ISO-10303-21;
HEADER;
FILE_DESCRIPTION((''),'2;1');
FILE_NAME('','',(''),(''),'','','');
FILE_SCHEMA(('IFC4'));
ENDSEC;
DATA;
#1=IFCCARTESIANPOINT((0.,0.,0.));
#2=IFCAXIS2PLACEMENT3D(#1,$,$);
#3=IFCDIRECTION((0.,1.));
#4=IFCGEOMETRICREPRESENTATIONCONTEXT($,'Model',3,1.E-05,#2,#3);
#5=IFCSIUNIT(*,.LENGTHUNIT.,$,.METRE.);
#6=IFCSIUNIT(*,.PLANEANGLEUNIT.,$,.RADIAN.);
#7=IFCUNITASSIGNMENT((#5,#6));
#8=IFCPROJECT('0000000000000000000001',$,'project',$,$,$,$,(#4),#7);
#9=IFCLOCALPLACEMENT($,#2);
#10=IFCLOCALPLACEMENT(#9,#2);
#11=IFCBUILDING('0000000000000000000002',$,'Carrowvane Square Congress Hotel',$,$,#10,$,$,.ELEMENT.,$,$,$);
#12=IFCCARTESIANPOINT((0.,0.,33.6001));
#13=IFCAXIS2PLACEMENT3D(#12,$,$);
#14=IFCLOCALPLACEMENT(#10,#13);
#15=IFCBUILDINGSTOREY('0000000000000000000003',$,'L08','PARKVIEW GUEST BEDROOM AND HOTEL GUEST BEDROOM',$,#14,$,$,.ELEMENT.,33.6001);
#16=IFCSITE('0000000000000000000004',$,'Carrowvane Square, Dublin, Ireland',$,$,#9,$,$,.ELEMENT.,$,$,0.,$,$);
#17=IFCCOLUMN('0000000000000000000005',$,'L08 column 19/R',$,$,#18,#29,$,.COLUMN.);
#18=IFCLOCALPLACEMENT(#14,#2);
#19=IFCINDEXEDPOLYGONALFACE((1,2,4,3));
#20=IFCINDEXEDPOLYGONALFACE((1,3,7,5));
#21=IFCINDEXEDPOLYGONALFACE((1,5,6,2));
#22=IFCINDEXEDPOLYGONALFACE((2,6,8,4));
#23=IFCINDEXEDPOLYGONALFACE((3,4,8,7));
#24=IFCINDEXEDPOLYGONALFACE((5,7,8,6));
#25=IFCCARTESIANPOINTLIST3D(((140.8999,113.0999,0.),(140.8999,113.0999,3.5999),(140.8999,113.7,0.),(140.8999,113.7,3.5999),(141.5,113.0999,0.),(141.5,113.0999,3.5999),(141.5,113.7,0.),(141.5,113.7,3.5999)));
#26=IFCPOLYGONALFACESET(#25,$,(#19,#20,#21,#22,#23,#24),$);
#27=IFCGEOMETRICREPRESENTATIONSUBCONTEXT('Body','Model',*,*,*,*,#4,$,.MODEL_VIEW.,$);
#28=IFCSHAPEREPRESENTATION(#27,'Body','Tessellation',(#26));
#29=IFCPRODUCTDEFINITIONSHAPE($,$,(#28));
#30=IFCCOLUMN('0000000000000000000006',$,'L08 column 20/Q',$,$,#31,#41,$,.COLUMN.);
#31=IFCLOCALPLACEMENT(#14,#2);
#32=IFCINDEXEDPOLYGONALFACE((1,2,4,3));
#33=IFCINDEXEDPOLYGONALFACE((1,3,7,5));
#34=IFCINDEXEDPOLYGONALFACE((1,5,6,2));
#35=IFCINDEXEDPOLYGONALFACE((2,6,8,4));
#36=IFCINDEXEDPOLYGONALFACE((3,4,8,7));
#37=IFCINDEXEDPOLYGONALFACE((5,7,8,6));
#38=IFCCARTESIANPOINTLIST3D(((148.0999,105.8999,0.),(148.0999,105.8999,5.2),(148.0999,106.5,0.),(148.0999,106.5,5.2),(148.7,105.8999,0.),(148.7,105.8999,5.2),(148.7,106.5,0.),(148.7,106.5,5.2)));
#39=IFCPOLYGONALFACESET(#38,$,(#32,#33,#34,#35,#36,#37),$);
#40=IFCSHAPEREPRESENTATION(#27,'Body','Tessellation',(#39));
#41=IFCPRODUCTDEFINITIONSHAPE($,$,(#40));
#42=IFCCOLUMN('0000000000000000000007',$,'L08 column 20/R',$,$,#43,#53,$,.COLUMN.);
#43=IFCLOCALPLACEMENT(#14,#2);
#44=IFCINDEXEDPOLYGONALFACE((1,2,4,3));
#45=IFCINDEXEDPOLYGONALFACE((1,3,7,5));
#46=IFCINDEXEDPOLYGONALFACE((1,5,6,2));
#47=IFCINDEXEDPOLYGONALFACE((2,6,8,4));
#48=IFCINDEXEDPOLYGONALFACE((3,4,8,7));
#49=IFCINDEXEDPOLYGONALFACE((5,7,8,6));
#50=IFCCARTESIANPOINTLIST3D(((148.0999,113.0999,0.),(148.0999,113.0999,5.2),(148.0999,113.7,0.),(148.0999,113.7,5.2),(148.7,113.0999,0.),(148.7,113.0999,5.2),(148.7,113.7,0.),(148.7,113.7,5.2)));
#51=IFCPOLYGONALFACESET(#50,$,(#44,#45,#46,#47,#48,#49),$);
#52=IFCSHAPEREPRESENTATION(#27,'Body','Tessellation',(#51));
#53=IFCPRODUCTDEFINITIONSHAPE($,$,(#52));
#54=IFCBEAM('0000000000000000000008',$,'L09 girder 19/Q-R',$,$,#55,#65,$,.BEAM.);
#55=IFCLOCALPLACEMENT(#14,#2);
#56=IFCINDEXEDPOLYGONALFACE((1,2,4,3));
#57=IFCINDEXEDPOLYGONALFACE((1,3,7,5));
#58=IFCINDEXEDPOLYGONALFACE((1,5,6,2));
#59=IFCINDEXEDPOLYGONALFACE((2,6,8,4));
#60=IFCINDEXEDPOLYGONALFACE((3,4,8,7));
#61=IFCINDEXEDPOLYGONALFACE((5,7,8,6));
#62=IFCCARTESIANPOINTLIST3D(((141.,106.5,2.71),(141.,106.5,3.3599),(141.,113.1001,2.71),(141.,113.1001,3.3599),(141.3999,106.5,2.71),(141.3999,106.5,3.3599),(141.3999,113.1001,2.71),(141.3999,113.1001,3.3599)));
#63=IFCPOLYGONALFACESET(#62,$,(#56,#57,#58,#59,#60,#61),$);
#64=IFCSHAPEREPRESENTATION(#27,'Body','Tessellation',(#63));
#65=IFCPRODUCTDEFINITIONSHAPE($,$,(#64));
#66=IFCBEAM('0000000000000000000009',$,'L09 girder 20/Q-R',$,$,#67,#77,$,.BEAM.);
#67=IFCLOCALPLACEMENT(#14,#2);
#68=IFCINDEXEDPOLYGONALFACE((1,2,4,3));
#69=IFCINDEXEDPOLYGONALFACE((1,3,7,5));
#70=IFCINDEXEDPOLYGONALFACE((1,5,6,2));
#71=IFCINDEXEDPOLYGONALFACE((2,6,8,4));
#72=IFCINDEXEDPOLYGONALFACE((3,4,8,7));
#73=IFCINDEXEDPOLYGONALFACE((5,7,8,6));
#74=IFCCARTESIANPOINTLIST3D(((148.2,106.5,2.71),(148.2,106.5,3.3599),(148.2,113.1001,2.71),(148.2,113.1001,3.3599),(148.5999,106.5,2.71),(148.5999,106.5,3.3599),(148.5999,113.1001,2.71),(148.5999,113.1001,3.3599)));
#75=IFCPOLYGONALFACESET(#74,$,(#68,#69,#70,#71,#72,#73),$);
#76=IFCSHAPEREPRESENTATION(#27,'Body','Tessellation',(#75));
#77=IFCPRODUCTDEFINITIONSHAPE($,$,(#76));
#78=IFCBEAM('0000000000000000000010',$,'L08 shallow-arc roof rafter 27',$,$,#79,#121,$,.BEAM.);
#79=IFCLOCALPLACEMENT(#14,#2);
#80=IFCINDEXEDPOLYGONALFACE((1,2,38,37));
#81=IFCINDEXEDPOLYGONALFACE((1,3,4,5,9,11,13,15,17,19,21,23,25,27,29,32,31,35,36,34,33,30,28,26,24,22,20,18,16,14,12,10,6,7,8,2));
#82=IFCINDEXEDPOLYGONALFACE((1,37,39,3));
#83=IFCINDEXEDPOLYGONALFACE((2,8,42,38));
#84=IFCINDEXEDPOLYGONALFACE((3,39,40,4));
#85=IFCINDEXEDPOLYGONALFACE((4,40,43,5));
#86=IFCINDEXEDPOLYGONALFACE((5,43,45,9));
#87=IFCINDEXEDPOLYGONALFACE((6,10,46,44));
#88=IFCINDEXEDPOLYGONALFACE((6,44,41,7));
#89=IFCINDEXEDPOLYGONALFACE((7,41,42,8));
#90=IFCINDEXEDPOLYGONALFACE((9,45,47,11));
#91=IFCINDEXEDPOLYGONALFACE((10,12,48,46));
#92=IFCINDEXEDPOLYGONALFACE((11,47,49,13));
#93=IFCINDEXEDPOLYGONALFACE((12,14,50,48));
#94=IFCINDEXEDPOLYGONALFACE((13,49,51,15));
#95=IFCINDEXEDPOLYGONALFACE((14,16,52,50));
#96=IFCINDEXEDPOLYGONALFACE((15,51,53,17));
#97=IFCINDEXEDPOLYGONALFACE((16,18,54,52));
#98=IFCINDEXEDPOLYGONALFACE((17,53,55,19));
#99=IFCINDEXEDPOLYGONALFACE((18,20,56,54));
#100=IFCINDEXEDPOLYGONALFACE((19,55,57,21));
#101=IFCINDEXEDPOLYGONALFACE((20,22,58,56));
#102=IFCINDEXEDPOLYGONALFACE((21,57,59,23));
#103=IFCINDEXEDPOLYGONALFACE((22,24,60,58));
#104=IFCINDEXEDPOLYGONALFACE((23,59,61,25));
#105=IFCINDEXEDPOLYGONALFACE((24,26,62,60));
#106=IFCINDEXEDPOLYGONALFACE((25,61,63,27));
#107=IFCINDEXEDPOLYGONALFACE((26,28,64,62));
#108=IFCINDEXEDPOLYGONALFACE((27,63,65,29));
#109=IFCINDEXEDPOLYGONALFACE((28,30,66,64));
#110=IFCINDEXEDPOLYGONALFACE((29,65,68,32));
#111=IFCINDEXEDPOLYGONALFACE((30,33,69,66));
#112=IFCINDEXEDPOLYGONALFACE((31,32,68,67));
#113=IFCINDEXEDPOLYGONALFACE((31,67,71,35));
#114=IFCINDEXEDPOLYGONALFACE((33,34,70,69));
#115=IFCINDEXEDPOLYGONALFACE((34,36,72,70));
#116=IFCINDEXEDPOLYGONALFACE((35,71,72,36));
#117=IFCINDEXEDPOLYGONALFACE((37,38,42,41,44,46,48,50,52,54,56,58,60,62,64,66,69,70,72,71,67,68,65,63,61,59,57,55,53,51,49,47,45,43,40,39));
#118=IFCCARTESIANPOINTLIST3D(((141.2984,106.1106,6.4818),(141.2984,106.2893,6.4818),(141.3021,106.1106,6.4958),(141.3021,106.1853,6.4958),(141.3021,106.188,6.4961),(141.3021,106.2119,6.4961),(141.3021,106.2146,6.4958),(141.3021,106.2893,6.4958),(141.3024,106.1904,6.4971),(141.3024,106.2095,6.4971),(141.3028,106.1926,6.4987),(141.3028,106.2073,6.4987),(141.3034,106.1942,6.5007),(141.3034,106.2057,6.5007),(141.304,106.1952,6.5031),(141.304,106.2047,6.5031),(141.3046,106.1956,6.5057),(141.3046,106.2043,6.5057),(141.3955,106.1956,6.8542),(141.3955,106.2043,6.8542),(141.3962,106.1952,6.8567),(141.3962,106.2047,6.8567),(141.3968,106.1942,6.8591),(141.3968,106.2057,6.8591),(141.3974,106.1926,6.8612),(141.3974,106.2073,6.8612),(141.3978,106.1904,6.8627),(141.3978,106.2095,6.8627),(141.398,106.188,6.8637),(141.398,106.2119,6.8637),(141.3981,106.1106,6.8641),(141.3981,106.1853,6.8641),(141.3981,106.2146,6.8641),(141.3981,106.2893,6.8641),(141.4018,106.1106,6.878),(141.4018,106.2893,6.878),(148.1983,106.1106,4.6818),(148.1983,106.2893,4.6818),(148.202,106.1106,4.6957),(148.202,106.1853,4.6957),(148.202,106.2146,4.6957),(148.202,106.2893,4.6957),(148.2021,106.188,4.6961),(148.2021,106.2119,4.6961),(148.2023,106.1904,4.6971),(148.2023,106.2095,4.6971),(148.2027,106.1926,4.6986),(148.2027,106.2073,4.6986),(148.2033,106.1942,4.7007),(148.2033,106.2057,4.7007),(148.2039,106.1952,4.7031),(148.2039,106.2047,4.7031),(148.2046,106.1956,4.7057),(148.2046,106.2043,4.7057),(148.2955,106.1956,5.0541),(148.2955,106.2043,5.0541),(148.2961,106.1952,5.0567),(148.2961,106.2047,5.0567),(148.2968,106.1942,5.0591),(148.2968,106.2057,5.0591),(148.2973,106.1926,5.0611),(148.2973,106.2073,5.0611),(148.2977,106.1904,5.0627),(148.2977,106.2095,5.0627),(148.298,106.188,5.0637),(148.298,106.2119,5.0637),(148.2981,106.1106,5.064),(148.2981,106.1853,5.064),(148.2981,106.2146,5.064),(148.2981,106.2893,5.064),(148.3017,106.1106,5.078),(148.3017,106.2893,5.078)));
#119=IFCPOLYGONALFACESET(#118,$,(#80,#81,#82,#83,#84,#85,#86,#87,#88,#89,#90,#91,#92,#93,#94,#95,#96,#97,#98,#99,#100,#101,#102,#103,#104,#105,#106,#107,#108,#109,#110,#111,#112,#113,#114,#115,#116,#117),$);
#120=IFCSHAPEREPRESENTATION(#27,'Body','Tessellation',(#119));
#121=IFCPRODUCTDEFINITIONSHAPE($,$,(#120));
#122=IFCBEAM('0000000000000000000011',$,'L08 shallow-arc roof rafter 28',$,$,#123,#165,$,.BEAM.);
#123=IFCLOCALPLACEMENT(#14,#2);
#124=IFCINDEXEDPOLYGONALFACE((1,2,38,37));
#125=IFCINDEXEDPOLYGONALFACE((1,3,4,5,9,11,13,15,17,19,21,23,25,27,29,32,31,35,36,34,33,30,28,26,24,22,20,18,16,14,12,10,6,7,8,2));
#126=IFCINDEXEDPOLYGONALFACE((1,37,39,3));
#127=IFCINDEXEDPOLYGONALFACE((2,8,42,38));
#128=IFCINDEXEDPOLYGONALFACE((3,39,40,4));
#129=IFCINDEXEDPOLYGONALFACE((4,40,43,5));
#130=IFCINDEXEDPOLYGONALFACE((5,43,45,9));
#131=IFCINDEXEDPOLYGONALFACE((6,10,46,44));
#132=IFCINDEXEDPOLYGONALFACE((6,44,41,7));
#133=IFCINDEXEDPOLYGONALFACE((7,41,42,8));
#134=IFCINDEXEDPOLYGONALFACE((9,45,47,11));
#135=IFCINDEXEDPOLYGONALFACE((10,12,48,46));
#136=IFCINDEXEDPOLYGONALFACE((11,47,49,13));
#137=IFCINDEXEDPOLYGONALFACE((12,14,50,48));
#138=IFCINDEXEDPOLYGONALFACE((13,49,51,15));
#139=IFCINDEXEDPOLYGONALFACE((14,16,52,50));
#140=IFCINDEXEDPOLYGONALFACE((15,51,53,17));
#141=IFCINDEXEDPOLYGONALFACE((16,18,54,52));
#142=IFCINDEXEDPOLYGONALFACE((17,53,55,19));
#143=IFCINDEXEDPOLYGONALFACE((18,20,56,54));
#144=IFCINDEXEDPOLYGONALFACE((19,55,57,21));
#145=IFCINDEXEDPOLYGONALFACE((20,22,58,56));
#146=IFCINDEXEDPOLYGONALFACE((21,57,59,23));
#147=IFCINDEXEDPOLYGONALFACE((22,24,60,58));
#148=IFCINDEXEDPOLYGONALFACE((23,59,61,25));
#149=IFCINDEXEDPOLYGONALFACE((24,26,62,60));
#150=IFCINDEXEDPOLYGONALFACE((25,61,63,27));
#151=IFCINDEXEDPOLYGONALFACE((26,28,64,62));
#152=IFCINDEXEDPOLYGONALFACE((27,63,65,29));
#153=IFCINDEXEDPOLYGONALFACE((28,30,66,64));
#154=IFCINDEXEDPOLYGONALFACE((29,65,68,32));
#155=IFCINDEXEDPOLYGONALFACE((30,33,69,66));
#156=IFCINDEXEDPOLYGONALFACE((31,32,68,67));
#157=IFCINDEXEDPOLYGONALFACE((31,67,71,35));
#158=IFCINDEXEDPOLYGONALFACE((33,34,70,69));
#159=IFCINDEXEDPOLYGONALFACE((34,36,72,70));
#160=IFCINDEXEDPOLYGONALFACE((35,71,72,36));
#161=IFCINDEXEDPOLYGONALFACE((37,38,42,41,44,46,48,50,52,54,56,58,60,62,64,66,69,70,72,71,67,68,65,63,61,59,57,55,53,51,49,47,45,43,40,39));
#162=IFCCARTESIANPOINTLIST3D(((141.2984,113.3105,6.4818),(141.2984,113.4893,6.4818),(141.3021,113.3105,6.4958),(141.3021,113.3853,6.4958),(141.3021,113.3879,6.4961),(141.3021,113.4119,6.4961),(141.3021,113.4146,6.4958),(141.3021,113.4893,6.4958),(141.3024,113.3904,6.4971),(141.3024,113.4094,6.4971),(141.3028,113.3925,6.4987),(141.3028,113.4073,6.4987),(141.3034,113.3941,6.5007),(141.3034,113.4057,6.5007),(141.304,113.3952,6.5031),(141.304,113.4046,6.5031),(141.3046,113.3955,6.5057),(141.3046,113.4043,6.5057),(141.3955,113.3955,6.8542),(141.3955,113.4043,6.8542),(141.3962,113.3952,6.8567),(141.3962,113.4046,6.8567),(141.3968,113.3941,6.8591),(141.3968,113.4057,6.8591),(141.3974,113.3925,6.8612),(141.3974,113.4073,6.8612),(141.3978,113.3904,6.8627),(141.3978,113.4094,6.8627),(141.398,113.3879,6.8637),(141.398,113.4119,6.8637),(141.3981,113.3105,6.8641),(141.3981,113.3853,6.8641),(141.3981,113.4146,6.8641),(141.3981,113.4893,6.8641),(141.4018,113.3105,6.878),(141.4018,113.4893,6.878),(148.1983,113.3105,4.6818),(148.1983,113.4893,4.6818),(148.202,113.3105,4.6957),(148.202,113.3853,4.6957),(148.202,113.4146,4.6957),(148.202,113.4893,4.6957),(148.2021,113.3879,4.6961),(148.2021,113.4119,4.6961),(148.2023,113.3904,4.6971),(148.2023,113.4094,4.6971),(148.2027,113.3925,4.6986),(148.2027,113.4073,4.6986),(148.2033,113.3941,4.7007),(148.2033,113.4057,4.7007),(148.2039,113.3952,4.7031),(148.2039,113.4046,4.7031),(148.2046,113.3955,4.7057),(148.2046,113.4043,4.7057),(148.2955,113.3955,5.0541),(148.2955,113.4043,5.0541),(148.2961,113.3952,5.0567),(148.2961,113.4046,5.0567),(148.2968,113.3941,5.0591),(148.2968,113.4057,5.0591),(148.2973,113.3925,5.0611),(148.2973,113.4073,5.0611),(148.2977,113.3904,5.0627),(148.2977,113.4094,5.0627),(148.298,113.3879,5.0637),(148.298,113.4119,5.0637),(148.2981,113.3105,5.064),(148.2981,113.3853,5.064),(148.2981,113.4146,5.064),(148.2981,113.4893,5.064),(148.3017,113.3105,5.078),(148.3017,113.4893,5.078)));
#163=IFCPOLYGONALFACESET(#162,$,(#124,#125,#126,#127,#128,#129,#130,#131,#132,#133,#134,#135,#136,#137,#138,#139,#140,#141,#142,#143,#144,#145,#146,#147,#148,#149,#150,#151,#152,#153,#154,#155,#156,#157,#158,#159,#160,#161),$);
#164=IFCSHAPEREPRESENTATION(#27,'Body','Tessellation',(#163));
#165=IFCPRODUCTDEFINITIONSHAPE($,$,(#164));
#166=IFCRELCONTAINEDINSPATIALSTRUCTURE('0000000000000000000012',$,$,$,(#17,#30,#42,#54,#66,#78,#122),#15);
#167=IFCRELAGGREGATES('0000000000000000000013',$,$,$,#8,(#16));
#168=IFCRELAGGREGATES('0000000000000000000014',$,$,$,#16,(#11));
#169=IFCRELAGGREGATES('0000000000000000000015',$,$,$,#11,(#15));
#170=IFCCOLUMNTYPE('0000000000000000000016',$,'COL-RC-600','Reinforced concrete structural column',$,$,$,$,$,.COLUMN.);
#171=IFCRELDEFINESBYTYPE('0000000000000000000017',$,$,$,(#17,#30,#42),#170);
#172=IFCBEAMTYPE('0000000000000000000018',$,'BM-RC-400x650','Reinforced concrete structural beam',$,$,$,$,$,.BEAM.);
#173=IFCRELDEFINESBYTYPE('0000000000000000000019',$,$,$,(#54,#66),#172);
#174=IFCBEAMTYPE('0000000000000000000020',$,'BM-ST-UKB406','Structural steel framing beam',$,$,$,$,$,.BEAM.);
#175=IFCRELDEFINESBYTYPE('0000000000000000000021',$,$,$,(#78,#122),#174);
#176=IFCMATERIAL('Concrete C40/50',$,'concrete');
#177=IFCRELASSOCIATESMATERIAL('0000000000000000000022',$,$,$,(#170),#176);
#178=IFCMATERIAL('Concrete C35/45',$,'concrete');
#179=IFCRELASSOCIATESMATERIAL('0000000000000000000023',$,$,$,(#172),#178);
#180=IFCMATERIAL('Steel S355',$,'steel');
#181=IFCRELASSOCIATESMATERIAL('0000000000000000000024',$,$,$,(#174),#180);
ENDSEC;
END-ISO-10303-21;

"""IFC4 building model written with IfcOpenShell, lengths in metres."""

from ifc_helpers import new_model, si_unit, direction, frame, origin, origin_2d, place, context, subcontext, project, spatial, rectangle, i_section, extrude, material, material_profile, profile_set, type_object, element, save


model = new_model("IFC4")

# Units and contexts
model_context = context("Model", 3, precision=1e-05, world=origin(), true_north=direction((0.0, 1.0)))
body_context = subcontext(model_context, "Body", "Model", "MODEL_VIEW")
ifc_project = project(units=[si_unit("LENGTHUNIT", "METRE"), si_unit("PLANEANGLEUNIT", "RADIAN")], contexts=[model_context])

# Site, building, storey
site_placement = place(None, origin())
site = spatial("IfcSite", under=ifc_project, at=site_placement, Name="Carrowvane Square, Dublin, Ireland", CompositionType="ELEMENT", RefElevation=0.0)
building_placement = place(site_placement, origin())
building = spatial("IfcBuilding", under=site, at=building_placement, Name="Carrowvane Square Congress Hotel", CompositionType="ELEMENT")
storey_placement = place(building_placement, frame((0.0, 0.0, 33.6001)))
storey = spatial("IfcBuildingStorey", under=building, at=storey_placement, Name="L08", Description="PARKVIEW GUEST BEDROOM AND HOTEL GUEST BEDROOM", CompositionType="ELEMENT", Elevation=33.6001)

# Columns
ifc_material_1 = material(Name="Concrete C40/50", Category="concrete")
ifc_material_profile_1 = material_profile(ifc_material_1, rectangle(XDim=0.6001, YDim=0.6001, at=origin_2d()), Name="RC 600x600")
ifc_profile_set_1 = profile_set([ifc_material_profile_1], Name="Concrete C40/50")
column_type = type_object("IfcColumnType", Name="COL-RC-600", Description="Reinforced concrete structural column", PredefinedType="COLUMN", material=ifc_profile_set_1)
column_placement = place(storey_placement, frame((141.2, 113.3999, 0.0), z_axis=(0.0, 0.0, 1.0), x_axis=(1.0, 0.0, 0.0)))
element("IfcColumn", 1, at=column_placement, inside=storey, type_object=column_type, Name="L08 column 19/R", PredefinedType="COLUMN", context=body_context, shape_type="SweptSolid", body=[
    extrude(rectangle(XDim=0.6001, YDim=0.6001, at=origin_2d()), origin(), (0.0, 0.0, 1.0), 3.5999),
])
for number, where, z_axis, x_axis, name in (
    (2, (148.3999, 106.2, 0.0), (0.0, 0.0, 1.0), (1.0, 0.0, 0.0), "L08 column 20/Q"),
    (3, (148.3999, 113.3999, 0.0), (0.0, 0.0, 1.0), (1.0, 0.0, 0.0), "L08 column 20/R"),
):
    element("IfcColumn", number, at=place(storey_placement, frame(where, z_axis=z_axis, x_axis=x_axis)), inside=storey, type_object=column_type, Name=name, PredefinedType="COLUMN", context=body_context, shape_type="SweptSolid", body=[
        extrude(rectangle(XDim=0.6001, YDim=0.6001, at=origin_2d()), origin(), (0.0, 0.0, 1.0), 5.2),
    ])

# Beams
ifc_material_2 = material(Name="Concrete C35/45", Category="concrete")
ifc_material_profile_2 = material_profile(ifc_material_2, rectangle(XDim=0.3999, YDim=0.6499, at=origin_2d()), Name="RC 400x650")
ifc_profile_set_2 = profile_set([ifc_material_profile_2], Name="Concrete C35/45")
beam_type_1 = type_object("IfcBeamType", Name="BM-RC-400x650", Description="Reinforced concrete structural beam", PredefinedType="BEAM", material=ifc_profile_set_2)
for number, where, z_axis, x_axis, name in (
    (4, (141.2, 106.5, 3.0349), (0.0, 1.0, 0.0), (-1.0, 0.0, 0.0), "L09 girder 19/Q-R"),
    (5, (148.3999, 106.5, 3.0349), (0.0, 1.0, 0.0), (-1.0, 0.0, 0.0), "L09 girder 20/Q-R"),
):
    element("IfcBeam", number, at=place(storey_placement, frame(where, z_axis=z_axis, x_axis=x_axis)), inside=storey, type_object=beam_type_1, Name=name, PredefinedType="BEAM", context=body_context, shape_type="SweptSolid", body=[
        extrude(rectangle(XDim=0.3999, YDim=0.6499, at=origin_2d()), origin(), (0.0, 0.0, 1.0), 6.6001),
    ])
ifc_material_3 = material(Name="Steel S355", Category="steel")
ifc_material_profile_3 = material_profile(ifc_material_3, i_section(OverallWidth=0.1787, OverallDepth=0.4094, WebThickness=0.0088, FlangeThickness=0.0144, FilletRadius=0.0103, at=origin_2d()), Name="UKB 406x178x67")
ifc_profile_set_3 = profile_set([ifc_material_profile_3], Name="Steel S355")
beam_type_2 = type_object("IfcBeamType", Name="BM-ST-UKB406", Description="Structural steel framing beam", PredefinedType="BEAM", material=ifc_profile_set_3)
for number, where, z_axis, x_axis, name in (
    (6, (141.3501, 106.2, 6.6799), (0.967615, 0.0, -0.252432), (0.0, 1.0, 0.0), "L08 shallow-arc roof rafter 27"),
    (7, (141.3501, 113.3999, 6.6799), (0.967615, 0.0, -0.252432), (0.0, 1.0, 0.0), "L08 shallow-arc roof rafter 28"),
):
    element("IfcBeam", number, at=place(storey_placement, frame(where, z_axis=z_axis, x_axis=x_axis)), inside=storey, type_object=beam_type_2, Name=name, PredefinedType="BEAM", context=body_context, shape_type="SweptSolid", body=[
        extrude(i_section(OverallWidth=0.1787, OverallDepth=0.4094, WebThickness=0.0088, FlangeThickness=0.0144, FilletRadius=0.0103, at=origin_2d()), origin(), (0.0, 0.0, 1.0), 7.1309),
    ])

save(model, "model.ifc")
